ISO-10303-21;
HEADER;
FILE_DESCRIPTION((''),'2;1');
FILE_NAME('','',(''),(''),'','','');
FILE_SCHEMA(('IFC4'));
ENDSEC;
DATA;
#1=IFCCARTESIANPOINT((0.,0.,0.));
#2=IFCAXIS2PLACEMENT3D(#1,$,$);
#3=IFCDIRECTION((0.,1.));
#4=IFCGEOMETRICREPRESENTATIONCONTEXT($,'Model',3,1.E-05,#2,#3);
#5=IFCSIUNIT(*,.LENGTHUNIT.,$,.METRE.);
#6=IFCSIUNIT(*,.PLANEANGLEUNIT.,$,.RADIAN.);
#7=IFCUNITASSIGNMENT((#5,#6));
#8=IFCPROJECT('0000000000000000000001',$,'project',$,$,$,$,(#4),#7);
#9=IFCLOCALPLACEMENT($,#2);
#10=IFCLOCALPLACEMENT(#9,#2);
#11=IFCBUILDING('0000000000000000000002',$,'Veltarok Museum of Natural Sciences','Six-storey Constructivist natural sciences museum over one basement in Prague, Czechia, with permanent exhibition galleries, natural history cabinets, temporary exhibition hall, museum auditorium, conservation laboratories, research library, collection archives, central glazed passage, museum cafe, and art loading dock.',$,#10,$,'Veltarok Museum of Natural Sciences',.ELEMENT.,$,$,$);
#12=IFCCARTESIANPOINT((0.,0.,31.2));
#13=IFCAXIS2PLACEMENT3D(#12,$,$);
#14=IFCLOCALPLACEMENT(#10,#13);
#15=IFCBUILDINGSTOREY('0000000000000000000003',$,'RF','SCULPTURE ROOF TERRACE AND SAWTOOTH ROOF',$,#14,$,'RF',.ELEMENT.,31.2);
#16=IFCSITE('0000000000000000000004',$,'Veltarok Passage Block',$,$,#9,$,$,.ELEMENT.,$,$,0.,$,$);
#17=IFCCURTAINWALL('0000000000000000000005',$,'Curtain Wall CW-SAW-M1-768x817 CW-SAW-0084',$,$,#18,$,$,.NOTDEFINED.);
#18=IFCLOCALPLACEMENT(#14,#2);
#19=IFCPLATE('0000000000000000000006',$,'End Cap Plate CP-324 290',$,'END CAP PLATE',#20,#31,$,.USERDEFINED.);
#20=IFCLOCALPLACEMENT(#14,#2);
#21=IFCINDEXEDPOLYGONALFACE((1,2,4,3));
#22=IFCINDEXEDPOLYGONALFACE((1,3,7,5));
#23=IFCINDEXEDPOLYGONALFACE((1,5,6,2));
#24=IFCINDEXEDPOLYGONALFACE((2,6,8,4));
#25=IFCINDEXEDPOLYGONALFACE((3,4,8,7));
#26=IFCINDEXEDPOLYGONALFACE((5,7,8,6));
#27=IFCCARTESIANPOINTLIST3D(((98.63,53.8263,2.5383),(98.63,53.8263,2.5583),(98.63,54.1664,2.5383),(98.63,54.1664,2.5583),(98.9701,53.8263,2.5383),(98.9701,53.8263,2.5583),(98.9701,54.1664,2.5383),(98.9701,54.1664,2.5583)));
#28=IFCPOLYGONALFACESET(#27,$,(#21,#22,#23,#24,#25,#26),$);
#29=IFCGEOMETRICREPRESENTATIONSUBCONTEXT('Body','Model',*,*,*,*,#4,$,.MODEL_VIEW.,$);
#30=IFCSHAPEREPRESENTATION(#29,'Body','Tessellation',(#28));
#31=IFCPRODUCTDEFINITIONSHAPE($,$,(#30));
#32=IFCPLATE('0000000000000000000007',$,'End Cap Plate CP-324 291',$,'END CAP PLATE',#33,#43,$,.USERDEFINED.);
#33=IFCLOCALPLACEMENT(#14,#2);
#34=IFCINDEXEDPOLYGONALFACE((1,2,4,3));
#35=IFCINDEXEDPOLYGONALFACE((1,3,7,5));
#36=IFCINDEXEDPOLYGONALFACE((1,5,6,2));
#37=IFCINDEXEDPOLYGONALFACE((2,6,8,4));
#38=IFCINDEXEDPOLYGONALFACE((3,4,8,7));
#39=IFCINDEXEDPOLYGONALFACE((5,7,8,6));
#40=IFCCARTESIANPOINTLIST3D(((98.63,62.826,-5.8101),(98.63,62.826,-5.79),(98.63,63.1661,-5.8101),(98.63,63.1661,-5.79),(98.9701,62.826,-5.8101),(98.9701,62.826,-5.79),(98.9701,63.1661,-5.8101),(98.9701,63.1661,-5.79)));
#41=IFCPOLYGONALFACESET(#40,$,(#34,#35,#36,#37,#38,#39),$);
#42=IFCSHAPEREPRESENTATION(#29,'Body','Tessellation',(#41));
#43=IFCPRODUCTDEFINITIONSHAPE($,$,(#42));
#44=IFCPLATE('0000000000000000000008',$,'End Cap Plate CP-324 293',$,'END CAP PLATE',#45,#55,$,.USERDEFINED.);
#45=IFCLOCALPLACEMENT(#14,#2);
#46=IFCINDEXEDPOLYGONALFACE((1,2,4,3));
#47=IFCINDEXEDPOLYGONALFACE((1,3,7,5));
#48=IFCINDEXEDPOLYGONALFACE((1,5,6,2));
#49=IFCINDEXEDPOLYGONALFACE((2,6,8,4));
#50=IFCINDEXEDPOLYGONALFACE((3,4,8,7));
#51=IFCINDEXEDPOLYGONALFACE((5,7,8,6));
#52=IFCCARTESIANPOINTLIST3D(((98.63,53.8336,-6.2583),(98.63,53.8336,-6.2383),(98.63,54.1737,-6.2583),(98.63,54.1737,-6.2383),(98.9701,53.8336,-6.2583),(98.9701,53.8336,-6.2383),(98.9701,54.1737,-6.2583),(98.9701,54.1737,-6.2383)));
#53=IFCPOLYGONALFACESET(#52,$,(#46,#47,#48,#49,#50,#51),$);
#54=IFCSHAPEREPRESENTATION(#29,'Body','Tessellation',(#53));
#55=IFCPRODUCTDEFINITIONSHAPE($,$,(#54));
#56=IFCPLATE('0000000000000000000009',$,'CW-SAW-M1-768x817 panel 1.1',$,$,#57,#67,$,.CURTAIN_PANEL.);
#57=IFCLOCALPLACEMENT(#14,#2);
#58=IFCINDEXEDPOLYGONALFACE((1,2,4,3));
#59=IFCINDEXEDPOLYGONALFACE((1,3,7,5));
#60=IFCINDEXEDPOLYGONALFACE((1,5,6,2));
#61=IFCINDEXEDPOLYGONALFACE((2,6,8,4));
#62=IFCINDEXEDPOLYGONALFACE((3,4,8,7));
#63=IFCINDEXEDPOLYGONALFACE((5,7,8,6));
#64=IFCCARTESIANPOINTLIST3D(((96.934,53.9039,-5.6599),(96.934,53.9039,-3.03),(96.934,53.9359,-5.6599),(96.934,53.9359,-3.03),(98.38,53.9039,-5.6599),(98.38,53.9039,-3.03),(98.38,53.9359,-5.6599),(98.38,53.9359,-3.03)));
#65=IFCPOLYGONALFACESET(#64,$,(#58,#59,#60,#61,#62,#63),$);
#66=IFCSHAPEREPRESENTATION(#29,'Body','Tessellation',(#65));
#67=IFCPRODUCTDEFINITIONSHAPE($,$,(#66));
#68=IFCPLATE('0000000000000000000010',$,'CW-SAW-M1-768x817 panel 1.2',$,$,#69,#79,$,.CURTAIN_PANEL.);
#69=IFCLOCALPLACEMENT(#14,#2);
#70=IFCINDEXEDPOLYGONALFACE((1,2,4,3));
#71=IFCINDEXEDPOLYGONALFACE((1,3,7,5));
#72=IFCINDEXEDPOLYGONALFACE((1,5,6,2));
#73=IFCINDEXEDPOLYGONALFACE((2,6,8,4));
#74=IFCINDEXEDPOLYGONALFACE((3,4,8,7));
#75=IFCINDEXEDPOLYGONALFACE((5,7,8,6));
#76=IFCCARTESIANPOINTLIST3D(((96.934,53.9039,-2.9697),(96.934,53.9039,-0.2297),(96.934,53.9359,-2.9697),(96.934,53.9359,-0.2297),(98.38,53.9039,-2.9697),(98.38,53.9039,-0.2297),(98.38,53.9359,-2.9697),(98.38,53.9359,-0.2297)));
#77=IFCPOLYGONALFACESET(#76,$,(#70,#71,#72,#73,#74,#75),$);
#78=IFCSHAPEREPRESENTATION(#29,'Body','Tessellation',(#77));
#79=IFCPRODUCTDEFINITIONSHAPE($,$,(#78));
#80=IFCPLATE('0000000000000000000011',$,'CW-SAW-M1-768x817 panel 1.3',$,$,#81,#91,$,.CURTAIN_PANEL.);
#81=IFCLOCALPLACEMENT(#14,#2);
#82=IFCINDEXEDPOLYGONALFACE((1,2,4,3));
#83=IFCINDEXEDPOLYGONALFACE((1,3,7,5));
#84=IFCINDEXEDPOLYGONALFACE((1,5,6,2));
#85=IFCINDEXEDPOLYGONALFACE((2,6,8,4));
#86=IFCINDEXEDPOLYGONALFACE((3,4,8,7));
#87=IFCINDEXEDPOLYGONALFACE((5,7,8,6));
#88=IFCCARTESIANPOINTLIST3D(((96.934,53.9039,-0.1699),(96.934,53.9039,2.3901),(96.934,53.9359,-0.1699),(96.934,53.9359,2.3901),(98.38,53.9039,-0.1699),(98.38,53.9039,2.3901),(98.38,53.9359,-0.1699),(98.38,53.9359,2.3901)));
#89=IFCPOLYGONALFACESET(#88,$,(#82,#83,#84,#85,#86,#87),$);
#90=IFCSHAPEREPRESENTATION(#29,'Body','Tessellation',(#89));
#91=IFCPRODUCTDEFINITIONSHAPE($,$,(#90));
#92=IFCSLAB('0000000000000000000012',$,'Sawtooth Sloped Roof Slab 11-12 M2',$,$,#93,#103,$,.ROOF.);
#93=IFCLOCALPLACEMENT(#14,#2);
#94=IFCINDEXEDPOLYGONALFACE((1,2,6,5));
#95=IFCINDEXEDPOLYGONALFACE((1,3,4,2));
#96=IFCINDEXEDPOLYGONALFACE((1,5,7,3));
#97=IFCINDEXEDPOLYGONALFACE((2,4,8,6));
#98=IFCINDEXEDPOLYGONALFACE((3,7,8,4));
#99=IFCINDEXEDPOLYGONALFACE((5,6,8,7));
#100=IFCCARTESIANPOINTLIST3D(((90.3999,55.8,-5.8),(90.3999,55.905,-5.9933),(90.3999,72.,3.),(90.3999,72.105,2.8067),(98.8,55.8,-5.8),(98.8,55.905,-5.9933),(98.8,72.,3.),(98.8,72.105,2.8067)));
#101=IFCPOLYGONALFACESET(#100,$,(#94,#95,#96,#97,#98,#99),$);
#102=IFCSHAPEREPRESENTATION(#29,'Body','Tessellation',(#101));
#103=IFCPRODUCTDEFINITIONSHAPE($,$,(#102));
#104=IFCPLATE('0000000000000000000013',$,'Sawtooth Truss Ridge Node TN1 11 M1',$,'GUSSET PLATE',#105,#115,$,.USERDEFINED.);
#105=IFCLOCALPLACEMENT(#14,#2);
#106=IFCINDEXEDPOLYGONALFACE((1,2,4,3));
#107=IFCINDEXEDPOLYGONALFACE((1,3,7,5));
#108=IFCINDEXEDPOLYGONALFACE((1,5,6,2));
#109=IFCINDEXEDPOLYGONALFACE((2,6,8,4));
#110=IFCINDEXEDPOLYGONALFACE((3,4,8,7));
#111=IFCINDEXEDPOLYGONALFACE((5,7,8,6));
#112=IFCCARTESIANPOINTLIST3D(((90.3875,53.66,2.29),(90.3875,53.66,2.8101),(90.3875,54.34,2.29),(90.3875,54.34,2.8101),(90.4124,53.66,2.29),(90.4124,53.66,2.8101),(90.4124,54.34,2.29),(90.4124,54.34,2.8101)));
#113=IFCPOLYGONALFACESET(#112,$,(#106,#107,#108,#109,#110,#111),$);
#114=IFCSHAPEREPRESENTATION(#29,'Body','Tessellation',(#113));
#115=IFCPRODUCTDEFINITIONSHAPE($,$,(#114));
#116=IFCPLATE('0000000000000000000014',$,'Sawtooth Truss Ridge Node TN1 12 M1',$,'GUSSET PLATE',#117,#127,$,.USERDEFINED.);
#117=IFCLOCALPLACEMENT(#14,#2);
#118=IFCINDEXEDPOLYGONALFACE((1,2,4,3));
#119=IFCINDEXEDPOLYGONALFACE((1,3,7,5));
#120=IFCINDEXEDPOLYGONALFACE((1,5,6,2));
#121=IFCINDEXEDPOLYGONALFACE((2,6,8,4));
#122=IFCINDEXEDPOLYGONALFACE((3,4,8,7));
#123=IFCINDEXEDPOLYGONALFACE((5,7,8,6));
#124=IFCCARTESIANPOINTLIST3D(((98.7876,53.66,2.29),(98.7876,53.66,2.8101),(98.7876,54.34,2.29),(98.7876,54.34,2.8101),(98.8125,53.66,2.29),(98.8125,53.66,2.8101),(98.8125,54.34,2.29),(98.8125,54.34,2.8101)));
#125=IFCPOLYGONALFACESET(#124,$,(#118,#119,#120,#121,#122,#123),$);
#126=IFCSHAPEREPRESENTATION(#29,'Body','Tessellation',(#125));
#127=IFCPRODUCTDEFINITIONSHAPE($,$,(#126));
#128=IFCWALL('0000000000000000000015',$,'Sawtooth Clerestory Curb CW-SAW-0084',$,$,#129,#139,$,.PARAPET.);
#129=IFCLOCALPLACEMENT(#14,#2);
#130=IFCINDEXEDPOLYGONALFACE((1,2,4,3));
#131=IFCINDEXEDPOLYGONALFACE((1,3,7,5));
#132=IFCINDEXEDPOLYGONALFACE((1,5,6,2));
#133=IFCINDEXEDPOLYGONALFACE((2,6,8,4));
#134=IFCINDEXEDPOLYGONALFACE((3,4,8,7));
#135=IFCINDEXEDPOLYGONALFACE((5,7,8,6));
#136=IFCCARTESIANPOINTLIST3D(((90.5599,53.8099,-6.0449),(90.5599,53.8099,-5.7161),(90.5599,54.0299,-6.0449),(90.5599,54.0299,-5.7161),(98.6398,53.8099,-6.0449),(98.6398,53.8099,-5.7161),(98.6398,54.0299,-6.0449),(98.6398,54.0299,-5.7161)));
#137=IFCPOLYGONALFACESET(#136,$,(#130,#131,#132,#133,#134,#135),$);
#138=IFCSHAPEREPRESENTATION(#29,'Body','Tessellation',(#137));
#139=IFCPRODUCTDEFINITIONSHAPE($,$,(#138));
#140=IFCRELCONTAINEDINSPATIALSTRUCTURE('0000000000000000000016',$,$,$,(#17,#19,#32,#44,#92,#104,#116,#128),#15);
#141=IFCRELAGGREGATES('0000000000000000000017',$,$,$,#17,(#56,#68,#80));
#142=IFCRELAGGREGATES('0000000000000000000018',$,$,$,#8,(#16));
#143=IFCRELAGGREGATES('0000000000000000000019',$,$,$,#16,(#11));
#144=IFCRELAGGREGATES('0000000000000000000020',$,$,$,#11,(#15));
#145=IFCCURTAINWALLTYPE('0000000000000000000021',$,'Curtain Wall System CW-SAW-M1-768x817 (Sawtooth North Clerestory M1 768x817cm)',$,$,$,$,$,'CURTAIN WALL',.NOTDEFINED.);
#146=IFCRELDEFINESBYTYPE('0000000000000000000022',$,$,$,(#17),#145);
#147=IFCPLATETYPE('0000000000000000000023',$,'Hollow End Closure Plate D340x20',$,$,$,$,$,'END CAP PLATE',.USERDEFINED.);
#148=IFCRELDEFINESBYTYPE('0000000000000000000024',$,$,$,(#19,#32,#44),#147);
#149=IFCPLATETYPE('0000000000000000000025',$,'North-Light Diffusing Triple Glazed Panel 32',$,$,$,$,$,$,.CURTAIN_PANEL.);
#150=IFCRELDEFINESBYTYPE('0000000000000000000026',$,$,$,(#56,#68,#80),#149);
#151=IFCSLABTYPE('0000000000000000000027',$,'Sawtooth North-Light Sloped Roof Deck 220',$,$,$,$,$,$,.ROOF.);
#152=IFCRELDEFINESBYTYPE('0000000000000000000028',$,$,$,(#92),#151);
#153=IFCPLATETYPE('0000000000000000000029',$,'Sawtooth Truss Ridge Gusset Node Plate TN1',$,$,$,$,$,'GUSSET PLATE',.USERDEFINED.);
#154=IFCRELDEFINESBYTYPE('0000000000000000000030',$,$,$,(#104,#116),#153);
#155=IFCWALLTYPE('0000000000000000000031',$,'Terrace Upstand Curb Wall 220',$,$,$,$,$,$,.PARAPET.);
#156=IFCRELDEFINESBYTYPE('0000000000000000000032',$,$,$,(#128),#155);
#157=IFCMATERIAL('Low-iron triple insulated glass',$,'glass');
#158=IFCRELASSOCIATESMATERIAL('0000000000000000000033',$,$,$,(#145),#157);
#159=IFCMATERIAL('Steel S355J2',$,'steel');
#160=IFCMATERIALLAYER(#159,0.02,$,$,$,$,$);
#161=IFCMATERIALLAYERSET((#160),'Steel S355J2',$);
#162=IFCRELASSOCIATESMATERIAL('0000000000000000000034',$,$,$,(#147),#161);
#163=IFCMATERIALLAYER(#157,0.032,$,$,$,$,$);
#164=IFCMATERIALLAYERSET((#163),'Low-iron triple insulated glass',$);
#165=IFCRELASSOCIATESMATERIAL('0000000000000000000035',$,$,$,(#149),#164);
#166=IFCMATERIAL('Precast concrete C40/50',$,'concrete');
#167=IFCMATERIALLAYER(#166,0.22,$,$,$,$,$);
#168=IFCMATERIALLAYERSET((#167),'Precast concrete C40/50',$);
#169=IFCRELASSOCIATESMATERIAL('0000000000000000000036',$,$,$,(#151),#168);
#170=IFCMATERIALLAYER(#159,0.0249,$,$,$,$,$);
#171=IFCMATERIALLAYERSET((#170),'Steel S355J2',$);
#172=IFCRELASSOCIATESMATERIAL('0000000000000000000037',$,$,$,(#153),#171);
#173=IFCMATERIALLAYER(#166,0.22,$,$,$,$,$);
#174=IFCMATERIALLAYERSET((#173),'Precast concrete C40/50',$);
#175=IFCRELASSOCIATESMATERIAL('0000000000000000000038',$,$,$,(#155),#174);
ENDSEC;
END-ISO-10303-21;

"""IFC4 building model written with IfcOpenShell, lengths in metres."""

from ifc_helpers import new_model, si_unit, direction, frame, frame_2d, origin, origin_2d, place, context, subcontext, project, spatial, polyline, rectangle, outline, extrude, material, layer, layer_set, type_object, element, aggregate, save


model = new_model("IFC4")

# Units and contexts
model_context = context("Model", 3, precision=1e-05, world=origin(), true_north=direction((0.0, 1.0)))
body_context = subcontext(model_context, "Body", "Model", "MODEL_VIEW")
ifc_project = project(units=[si_unit("LENGTHUNIT", "METRE"), si_unit("PLANEANGLEUNIT", "RADIAN")], contexts=[model_context])

# Site, building, storey
site_placement = place(None, origin())
site = spatial("IfcSite", under=ifc_project, at=site_placement, Name="Veltarok Passage Block", CompositionType="ELEMENT", RefElevation=0.0)
building_placement = place(site_placement, origin())
building = spatial("IfcBuilding", under=site, at=building_placement, Name="Veltarok Museum of Natural Sciences", Description="Six-storey Constructivist natural sciences museum over one basement in Prague, Czechia, with permanent exhibition galleries, natural history cabinets, temporary exhibition hall, museum auditorium, conservation laboratories, research library, collection archives, central glazed passage, museum cafe, and art loading dock.", LongName="Veltarok Museum of Natural Sciences", CompositionType="ELEMENT")
storey_placement = place(building_placement, frame((0.0, 0.0, 31.2)))
storey = spatial("IfcBuildingStorey", under=building, at=storey_placement, Name="RF", Description="SCULPTURE ROOF TERRACE AND SAWTOOTH ROOF", LongName="RF", CompositionType="ELEMENT", Elevation=31.2)

# Shared definitions
ifc_material_1 = material(Name="Steel S355J2", Category="steel")

# Curtain wall
ifc_material_2 = material(Name="Low-iron triple insulated glass", Category="glass")
curtain_wall_type = type_object("IfcCurtainWallType", Name="Curtain Wall System CW-SAW-M1-768x817 (Sawtooth North Clerestory M1 768x817cm)", ElementType="CURTAIN WALL", PredefinedType="NOTDEFINED", material=ifc_material_2)
curtain_wall_placement = place(storey_placement, origin())
curtain_wall = element("IfcCurtainWall", 1, at=curtain_wall_placement, inside=storey, type_object=curtain_wall_type, Name="Curtain Wall CW-SAW-M1-768x817 CW-SAW-0084", PredefinedType="NOTDEFINED")

# Plates
ifc_layer_1 = layer(ifc_material_1, 0.02)
ifc_layer_set_1 = layer_set([ifc_layer_1], Name="Steel S355J2")
plate_type_1 = type_object("IfcPlateType", Name="Hollow End Closure Plate D340x20", ElementType="END CAP PLATE", PredefinedType="USERDEFINED", material=ifc_layer_set_1)
for number, where, z_axis, x_axis, name in (
    (2, (98.8, 53.9963, 2.5383), (0.0, 0.0, 1.0), (0.0, 1.0, 0.0), "End Cap Plate CP-324 290"),
    (3, (98.8, 62.9961, -5.8101), (0.0, 0.0, 1.0), (0.0, 1.0, 0.0), "End Cap Plate CP-324 291"),
    (4, (98.8, 54.0037, -6.2583), (0.0, 0.0, 1.0), (0.0, 1.0, 0.0), "End Cap Plate CP-324 293"),
):
    element("IfcPlate", number, at=place(storey_placement, frame(where, z_axis=z_axis, x_axis=x_axis)), inside=storey, type_object=plate_type_1, Name=name, ObjectType="END CAP PLATE", PredefinedType="USERDEFINED", context=body_context, shape_type="SweptSolid", body=[
        extrude(rectangle(XDim=0.3401, YDim=0.3401, at=origin_2d()), origin(), (0.0, 0.0, 1.0), 0.02),
    ])

# Plates
ifc_layer_2 = layer(ifc_material_2, 0.032)
ifc_layer_set_2 = layer_set([ifc_layer_2], Name="Low-iron triple insulated glass")
plate_type_2 = type_object("IfcPlateType", Name="North-Light Diffusing Triple Glazed Panel 32", PredefinedType="CURTAIN_PANEL", material=ifc_layer_set_2)
plate_1_placement = place(storey_placement, frame((97.657, 53.9199, -5.6599), z_axis=(0.0, 0.0, 1.0), x_axis=(-1.0, 0.0, 0.0)))
plate_1 = element("IfcPlate", 5, at=plate_1_placement, type_object=plate_type_2, Name="CW-SAW-M1-768x817 panel 1.1", PredefinedType="CURTAIN_PANEL", context=body_context, shape_type="SweptSolid", body=[
    extrude(rectangle(XDim=1.446, YDim=0.032, at=origin_2d()), origin(), (0.0, 0.0, 1.0), 2.6299),
])
plate_2_placement = place(storey_placement, frame((97.657, 53.9199, -2.9697), z_axis=(0.0, 0.0, 1.0), x_axis=(-1.0, 0.0, 0.0)))
plate_2 = element("IfcPlate", 6, at=plate_2_placement, type_object=plate_type_2, Name="CW-SAW-M1-768x817 panel 1.2", PredefinedType="CURTAIN_PANEL", context=body_context, shape_type="SweptSolid", body=[
    extrude(rectangle(XDim=1.446, YDim=0.032, at=origin_2d()), origin(), (0.0, 0.0, 1.0), 2.74),
])
plate_3_placement = place(storey_placement, frame((97.657, 53.9199, -0.1699), z_axis=(0.0, 0.0, 1.0), x_axis=(-1.0, 0.0, 0.0)))
plate_3 = element("IfcPlate", 7, at=plate_3_placement, type_object=plate_type_2, Name="CW-SAW-M1-768x817 panel 1.3", PredefinedType="CURTAIN_PANEL", context=body_context, shape_type="SweptSolid", body=[
    extrude(rectangle(XDim=1.446, YDim=0.032, at=origin_2d()), origin(), (0.0, 0.0, 1.0), 2.5601),
])
aggregate(curtain_wall, [plate_1, plate_2, plate_3])

# Slab
ifc_material_3 = material(Name="Precast concrete C40/50", Category="concrete")
ifc_layer_3 = layer(ifc_material_3, 0.22)
ifc_layer_set_3 = layer_set([ifc_layer_3], Name="Precast concrete C40/50")
slab_type = type_object("IfcSlabType", Name="Sawtooth North-Light Sloped Roof Deck 220", PredefinedType="ROOF", material=ifc_layer_set_3)
slab_placement = place(storey_placement, frame((90.3999, 55.8, -5.8), z_axis=(0.0, -0.477334, 0.878722), x_axis=(1.0, 0.0, 0.0)))
element("IfcSlab", 8, at=slab_placement, inside=storey, type_object=slab_type, Name="Sawtooth Sloped Roof Slab 11-12 M2", PredefinedType="ROOF", context=body_context, shape_type="SweptSolid", body=[
    extrude(outline(polyline([(0.0, 0.0), (8.4001, 0.0), (8.4001, 18.4358), (0.0, 18.4358), (0.0, 0.0)])), origin(), (0.0, 0.0, -1.0), 0.22),
])

# Plates
ifc_layer_4 = layer(ifc_material_1, 0.0249)
ifc_layer_set_4 = layer_set([ifc_layer_4], Name="Steel S355J2")
plate_type_3 = type_object("IfcPlateType", Name="Sawtooth Truss Ridge Gusset Node Plate TN1", ElementType="GUSSET PLATE", PredefinedType="USERDEFINED", material=ifc_layer_set_4)
for number, where, z_axis, x_axis, name in (
    (9, (90.3999, 54.0, 2.29), (0.0, 0.0, 1.0), (1.0, 0.0, 0.0), "Sawtooth Truss Ridge Node TN1 11 M1"),
    (10, (98.8, 54.0, 2.29), (0.0, 0.0, 1.0), (1.0, 0.0, 0.0), "Sawtooth Truss Ridge Node TN1 12 M1"),
):
    element("IfcPlate", number, at=place(storey_placement, frame(where, z_axis=z_axis, x_axis=x_axis)), inside=storey, type_object=plate_type_3, Name=name, ObjectType="GUSSET PLATE", PredefinedType="USERDEFINED", context=body_context, shape_type="SweptSolid", body=[
        extrude(rectangle(XDim=0.0249, YDim=0.6799, at=origin_2d()), origin(), (0.0, 0.0, 1.0), 0.52),
    ])

# Wall
ifc_layer_5 = layer(ifc_material_3, 0.22)
ifc_layer_set_5 = layer_set([ifc_layer_5], Name="Precast concrete C40/50")
wall_type = type_object("IfcWallType", Name="Terrace Upstand Curb Wall 220", PredefinedType="PARAPET", material=ifc_layer_set_5)
wall_placement = place(storey_placement, frame((98.6399, 53.9199, -6.0449), z_axis=(0.0, 0.0, 1.0), x_axis=(-1.0, 0.0, 0.0)))
element("IfcWall", 11, at=wall_placement, inside=storey, type_object=wall_type, Name="Sawtooth Clerestory Curb CW-SAW-0084", PredefinedType="PARAPET", context=body_context, shape_type="SweptSolid", body=[
    extrude(rectangle(XDim=8.0798, YDim=0.22, at=frame_2d((4.04, 0.0))), origin(), (0.0, 0.0, 1.0), 0.3289),
])

save(model, "model.ifc")
